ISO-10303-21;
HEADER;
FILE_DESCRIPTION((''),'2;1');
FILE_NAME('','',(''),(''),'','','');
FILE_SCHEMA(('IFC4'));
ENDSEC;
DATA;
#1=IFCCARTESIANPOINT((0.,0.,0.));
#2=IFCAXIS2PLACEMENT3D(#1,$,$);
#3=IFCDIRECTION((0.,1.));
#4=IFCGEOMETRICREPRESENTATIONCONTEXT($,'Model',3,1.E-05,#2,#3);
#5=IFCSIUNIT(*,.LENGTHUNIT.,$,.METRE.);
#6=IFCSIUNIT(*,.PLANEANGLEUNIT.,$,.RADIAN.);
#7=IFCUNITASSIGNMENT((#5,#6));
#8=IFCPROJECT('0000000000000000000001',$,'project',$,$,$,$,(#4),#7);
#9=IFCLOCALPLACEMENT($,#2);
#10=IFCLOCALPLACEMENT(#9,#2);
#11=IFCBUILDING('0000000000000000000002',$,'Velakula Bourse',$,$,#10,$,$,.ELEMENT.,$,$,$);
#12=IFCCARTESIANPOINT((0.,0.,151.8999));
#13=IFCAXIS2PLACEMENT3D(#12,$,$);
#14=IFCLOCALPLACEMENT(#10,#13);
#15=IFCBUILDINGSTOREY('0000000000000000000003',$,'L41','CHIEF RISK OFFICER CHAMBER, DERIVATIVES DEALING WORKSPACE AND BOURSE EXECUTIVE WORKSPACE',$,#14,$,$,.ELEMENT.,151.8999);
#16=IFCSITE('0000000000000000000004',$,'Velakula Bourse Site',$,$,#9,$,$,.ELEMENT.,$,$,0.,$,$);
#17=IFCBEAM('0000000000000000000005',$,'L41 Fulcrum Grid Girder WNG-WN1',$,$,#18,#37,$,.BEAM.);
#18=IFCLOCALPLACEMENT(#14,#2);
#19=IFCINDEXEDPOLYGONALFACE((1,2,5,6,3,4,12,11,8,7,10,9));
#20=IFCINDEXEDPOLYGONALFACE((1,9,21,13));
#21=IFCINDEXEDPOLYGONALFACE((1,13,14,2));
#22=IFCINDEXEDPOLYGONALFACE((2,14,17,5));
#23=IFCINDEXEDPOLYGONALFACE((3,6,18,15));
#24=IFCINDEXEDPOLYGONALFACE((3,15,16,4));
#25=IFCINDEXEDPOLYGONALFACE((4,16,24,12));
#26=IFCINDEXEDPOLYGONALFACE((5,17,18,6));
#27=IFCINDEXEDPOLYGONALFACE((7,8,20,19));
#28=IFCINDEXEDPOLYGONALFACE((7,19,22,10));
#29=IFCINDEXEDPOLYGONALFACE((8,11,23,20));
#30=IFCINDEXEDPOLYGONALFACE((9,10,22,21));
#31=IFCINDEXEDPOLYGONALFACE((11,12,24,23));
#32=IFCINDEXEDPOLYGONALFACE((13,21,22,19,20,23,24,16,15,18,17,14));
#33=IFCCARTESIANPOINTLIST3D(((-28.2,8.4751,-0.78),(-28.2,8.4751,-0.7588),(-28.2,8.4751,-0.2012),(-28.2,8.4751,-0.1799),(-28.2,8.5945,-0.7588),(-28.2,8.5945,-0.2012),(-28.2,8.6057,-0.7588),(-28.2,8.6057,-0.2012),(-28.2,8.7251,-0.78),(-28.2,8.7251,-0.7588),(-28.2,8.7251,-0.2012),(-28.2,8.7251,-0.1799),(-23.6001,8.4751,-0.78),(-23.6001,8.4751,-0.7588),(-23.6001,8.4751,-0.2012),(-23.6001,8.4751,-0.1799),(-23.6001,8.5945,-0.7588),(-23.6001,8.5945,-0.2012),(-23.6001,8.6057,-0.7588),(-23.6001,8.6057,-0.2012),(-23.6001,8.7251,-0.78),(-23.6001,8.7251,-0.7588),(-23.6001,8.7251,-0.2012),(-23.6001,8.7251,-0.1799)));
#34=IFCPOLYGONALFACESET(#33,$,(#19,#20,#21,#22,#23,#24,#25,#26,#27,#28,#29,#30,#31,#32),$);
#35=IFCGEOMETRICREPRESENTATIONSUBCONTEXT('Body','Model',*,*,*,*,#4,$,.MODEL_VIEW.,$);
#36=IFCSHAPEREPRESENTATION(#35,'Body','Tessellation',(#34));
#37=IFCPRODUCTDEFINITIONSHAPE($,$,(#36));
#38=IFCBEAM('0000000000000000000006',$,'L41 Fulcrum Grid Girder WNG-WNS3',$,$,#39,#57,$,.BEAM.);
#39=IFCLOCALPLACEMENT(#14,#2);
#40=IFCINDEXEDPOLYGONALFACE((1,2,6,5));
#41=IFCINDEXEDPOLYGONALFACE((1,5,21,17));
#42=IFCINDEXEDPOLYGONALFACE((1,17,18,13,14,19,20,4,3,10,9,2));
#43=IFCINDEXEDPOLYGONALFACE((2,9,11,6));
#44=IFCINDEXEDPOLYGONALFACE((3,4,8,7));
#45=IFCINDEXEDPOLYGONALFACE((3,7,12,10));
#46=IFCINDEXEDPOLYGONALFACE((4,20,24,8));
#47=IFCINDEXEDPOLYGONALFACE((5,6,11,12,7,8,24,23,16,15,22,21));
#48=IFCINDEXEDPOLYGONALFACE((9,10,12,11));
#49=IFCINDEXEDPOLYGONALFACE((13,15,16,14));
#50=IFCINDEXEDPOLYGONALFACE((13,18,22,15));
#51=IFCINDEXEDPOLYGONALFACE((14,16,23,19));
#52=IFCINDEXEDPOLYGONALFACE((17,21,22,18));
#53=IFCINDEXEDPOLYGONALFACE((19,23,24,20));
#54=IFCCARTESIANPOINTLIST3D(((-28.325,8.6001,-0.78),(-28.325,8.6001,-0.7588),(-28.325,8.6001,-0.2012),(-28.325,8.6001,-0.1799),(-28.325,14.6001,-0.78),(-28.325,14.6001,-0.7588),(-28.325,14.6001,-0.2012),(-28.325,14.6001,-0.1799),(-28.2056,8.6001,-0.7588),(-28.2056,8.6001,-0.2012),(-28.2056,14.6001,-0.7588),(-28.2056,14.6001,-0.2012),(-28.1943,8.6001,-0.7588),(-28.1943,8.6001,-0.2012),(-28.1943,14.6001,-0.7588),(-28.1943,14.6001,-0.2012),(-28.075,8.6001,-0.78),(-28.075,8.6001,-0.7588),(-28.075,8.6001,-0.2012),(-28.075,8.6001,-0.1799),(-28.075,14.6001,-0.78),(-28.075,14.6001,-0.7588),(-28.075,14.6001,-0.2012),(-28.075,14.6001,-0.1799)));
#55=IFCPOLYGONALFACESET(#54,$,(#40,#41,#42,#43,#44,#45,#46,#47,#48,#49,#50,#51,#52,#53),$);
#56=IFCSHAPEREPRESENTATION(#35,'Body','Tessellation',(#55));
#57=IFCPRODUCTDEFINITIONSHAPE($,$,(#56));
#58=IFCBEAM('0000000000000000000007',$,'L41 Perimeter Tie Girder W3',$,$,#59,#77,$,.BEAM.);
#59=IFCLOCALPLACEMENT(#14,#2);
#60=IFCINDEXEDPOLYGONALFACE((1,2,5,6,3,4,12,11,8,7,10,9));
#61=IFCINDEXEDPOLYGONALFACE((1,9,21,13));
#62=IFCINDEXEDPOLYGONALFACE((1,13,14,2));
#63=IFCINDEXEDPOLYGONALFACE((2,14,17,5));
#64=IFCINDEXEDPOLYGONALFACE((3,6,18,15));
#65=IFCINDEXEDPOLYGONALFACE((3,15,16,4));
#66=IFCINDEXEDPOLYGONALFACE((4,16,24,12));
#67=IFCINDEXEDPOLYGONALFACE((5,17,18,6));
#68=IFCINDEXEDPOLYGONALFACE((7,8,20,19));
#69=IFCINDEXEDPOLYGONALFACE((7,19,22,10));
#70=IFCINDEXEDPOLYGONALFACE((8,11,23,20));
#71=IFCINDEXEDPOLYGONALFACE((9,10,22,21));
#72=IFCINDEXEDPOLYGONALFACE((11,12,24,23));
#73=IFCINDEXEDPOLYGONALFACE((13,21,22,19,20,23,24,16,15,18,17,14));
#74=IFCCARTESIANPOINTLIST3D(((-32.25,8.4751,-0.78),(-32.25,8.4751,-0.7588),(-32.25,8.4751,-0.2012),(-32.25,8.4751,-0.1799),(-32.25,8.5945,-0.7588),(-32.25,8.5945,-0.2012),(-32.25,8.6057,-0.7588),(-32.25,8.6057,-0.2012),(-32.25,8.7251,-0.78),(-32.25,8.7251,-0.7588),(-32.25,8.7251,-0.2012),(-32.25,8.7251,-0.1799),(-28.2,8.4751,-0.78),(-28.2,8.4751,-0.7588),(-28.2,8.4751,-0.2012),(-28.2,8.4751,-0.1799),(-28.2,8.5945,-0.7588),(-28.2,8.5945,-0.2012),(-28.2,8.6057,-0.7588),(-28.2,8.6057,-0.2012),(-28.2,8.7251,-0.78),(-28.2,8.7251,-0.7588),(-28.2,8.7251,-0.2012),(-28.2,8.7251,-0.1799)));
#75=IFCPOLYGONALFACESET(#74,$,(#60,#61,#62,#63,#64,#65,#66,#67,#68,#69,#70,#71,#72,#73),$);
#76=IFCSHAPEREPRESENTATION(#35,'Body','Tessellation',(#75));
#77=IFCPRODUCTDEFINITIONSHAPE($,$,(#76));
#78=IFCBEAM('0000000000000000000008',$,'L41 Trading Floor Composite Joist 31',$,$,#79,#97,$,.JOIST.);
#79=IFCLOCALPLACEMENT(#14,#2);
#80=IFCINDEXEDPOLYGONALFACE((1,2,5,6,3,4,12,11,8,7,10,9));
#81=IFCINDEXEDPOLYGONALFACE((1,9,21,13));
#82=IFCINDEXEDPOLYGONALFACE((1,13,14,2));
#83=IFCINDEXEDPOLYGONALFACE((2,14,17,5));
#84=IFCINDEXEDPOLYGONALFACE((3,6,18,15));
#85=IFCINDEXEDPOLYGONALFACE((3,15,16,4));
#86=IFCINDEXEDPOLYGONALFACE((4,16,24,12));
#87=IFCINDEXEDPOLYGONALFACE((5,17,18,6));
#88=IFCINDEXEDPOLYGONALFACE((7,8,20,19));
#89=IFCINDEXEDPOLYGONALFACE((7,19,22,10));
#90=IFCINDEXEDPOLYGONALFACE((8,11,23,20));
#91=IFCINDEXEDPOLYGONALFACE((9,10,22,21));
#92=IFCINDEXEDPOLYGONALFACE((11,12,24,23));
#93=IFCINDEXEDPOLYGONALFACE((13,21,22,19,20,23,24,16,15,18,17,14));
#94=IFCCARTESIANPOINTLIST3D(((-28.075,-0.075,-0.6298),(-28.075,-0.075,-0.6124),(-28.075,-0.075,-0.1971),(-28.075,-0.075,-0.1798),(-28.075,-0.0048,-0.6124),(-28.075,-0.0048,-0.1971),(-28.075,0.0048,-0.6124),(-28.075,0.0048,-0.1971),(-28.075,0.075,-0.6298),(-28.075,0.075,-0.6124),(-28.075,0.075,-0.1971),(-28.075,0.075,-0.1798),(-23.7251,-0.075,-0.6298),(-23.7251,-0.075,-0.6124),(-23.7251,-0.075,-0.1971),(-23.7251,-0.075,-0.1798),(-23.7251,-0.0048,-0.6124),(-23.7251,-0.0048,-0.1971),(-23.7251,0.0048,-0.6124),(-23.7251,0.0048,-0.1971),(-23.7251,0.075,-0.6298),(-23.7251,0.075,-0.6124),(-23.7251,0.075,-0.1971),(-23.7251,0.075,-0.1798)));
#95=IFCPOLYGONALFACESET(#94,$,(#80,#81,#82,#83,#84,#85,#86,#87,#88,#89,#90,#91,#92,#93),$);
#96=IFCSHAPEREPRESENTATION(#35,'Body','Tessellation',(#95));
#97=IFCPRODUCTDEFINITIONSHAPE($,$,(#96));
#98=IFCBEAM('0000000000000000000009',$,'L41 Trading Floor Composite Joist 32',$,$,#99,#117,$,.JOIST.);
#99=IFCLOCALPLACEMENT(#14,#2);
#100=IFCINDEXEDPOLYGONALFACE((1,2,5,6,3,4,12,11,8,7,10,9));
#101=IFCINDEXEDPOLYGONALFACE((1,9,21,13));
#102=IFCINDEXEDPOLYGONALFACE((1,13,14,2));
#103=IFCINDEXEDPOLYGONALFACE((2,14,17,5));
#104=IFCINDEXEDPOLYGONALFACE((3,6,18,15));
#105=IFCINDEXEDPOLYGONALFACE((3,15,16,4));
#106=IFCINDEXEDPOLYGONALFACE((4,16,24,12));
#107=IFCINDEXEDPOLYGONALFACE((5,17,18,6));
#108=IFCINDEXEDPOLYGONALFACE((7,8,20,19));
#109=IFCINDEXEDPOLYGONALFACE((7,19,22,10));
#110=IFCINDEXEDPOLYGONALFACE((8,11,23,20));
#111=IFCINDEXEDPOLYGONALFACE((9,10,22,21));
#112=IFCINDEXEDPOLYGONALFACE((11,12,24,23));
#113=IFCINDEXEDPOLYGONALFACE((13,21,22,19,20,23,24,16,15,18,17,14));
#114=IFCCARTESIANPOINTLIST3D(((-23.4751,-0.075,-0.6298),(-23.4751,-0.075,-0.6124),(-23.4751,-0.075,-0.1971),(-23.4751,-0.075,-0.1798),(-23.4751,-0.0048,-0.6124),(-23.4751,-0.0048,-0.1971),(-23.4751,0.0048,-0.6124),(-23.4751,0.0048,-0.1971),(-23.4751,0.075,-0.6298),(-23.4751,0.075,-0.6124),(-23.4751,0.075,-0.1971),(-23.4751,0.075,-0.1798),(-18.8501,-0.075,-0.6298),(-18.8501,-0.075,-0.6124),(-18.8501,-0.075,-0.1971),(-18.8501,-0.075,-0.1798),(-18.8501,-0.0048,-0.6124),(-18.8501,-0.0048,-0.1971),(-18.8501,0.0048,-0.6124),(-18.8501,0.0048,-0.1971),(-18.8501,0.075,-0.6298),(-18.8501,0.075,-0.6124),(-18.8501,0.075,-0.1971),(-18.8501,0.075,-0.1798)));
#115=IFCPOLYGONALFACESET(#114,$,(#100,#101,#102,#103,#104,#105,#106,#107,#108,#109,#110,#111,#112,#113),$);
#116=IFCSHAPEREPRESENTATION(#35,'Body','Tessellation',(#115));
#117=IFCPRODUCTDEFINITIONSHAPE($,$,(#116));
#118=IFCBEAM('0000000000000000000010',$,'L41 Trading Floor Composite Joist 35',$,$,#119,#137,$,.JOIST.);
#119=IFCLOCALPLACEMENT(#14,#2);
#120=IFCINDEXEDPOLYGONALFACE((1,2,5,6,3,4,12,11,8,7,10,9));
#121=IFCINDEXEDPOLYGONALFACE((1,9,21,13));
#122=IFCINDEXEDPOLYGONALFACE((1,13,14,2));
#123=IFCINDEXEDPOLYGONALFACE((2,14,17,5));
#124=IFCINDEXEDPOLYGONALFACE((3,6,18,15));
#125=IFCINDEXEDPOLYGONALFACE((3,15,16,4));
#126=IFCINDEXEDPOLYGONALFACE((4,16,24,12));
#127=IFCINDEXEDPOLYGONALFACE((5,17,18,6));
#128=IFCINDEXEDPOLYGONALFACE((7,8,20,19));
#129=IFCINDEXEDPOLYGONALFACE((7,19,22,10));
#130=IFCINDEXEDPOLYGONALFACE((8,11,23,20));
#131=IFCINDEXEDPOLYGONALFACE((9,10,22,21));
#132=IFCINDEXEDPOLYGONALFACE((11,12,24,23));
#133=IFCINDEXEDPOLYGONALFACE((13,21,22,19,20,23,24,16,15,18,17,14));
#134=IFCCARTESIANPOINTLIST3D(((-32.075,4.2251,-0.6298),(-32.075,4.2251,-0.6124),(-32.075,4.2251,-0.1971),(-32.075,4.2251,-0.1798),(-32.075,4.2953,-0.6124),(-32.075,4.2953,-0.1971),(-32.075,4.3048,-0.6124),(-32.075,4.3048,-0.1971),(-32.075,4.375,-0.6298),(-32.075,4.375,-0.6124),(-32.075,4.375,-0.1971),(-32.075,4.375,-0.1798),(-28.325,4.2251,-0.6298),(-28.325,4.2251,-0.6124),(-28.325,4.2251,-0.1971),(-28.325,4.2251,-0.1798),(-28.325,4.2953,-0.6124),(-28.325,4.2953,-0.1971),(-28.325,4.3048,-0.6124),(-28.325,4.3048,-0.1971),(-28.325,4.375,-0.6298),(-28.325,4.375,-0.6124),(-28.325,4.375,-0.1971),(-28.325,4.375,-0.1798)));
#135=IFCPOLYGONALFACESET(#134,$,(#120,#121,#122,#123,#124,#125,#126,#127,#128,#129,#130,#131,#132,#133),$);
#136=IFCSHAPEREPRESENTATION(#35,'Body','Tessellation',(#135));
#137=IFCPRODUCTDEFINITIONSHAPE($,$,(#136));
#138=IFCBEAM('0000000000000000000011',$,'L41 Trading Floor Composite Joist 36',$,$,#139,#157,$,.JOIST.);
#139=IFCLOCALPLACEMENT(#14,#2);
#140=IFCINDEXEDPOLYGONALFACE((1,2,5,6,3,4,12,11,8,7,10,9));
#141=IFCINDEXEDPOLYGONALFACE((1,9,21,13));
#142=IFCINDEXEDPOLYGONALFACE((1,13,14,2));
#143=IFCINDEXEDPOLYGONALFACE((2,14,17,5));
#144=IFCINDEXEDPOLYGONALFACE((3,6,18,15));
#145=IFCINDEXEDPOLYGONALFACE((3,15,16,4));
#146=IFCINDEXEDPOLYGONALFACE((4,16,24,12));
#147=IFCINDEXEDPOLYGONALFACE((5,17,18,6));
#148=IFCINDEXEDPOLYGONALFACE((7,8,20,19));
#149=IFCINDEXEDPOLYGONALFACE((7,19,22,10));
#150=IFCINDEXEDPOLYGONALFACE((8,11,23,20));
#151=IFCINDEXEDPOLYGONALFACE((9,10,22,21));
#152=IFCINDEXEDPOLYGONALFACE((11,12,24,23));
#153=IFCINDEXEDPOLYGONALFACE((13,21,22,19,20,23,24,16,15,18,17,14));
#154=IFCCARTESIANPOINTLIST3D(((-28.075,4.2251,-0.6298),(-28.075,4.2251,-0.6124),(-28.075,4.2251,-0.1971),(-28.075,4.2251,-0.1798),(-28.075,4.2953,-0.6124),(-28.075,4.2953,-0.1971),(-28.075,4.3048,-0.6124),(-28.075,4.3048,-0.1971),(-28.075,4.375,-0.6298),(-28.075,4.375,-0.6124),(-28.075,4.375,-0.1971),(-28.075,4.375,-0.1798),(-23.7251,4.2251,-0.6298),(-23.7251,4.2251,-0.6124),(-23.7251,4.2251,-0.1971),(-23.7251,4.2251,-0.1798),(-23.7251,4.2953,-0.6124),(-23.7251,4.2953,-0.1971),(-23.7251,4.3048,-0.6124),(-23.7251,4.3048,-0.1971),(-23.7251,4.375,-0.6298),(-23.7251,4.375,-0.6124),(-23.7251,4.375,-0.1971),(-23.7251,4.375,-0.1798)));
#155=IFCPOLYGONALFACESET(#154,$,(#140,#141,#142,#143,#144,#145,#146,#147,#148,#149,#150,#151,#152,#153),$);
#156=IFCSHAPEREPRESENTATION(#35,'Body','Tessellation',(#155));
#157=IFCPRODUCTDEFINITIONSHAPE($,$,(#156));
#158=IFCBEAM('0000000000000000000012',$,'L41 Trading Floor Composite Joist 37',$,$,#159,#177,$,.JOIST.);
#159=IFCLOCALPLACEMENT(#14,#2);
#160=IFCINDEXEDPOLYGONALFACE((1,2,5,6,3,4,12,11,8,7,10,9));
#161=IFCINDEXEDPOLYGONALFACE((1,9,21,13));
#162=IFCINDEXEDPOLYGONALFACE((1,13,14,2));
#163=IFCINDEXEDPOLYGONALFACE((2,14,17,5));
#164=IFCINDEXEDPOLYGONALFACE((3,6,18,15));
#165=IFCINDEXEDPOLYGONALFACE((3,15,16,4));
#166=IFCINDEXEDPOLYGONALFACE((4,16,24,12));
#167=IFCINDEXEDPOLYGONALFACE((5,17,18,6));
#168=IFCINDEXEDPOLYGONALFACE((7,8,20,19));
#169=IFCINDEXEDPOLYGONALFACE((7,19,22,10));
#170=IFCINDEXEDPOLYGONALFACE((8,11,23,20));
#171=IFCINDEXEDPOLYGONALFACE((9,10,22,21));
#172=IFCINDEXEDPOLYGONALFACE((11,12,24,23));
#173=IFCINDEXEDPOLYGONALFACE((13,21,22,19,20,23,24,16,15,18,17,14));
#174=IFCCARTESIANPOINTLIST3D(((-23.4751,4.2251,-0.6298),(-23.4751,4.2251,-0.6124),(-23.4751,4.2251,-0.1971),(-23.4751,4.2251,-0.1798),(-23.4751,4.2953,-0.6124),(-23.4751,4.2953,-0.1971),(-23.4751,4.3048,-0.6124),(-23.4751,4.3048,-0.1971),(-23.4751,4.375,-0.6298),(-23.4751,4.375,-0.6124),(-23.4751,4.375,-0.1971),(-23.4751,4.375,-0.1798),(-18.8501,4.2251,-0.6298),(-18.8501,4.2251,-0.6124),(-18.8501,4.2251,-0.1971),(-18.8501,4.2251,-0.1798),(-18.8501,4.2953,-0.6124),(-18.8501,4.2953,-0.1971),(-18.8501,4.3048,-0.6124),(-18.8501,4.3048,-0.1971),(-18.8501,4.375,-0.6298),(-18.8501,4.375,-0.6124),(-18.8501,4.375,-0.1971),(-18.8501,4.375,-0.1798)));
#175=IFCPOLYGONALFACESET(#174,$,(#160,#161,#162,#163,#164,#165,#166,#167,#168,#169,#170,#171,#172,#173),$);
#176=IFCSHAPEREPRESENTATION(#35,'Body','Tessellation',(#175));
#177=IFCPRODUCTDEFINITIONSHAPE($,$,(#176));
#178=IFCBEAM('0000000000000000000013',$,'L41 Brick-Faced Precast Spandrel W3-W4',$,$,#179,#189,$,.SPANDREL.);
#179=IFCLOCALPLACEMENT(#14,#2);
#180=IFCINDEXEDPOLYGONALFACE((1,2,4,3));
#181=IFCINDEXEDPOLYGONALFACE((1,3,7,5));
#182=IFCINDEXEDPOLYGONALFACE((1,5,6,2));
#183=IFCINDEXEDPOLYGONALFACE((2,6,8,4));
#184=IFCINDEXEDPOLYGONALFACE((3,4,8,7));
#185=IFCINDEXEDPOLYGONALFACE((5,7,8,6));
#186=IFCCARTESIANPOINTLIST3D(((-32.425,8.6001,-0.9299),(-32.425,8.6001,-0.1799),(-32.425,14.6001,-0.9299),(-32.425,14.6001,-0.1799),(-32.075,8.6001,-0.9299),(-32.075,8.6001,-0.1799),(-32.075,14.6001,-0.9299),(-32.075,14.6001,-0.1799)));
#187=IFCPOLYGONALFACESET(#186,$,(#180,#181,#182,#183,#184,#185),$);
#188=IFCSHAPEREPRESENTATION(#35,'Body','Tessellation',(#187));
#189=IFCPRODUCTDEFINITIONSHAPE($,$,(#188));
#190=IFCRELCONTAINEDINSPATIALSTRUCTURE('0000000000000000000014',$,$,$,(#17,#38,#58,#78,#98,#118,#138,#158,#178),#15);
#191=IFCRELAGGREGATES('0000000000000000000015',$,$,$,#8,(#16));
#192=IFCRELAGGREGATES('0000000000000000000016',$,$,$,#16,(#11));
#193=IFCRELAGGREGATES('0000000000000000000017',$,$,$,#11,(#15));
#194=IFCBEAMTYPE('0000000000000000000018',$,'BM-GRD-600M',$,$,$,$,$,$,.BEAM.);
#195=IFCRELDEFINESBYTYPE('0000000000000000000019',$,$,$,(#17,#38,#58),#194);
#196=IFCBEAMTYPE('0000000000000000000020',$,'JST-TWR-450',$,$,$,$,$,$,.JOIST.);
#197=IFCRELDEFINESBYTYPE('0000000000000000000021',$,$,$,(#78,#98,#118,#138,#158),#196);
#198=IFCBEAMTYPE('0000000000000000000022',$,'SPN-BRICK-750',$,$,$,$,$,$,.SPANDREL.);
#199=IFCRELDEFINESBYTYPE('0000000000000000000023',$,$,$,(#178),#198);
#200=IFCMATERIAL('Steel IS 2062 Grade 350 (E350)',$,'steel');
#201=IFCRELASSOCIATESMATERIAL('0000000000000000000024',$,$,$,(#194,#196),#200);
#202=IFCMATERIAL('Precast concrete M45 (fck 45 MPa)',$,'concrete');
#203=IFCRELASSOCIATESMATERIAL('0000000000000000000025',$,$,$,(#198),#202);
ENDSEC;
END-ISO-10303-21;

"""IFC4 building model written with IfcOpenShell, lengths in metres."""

from ifc_helpers import new_model, si_unit, direction, frame, origin, origin_2d, place, context, subcontext, project, spatial, rectangle, i_section, extrude, material, material_profile, profile_set, type_object, element, save


model = new_model("IFC4")

# Units and contexts
model_context = context("Model", 3, precision=1e-05, world=origin(), true_north=direction((0.0, 1.0)))
body_context = subcontext(model_context, "Body", "Model", "MODEL_VIEW")
ifc_project = project(units=[si_unit("LENGTHUNIT", "METRE"), si_unit("PLANEANGLEUNIT", "RADIAN")], contexts=[model_context])

# Site, building, storey
site_placement = place(None, origin())
site = spatial("IfcSite", under=ifc_project, at=site_placement, Name="Velakula Bourse Site", CompositionType="ELEMENT", RefElevation=0.0)
building_placement = place(site_placement, origin())
building = spatial("IfcBuilding", under=site, at=building_placement, Name="Velakula Bourse", CompositionType="ELEMENT")
storey_placement = place(building_placement, frame((0.0, 0.0, 151.8999)))
storey = spatial("IfcBuildingStorey", under=building, at=storey_placement, Name="L41", Description="CHIEF RISK OFFICER CHAMBER, DERIVATIVES DEALING WORKSPACE AND BOURSE EXECUTIVE WORKSPACE", CompositionType="ELEMENT", Elevation=151.8999)

# Shared definitions
ifc_material_1 = material(Name="Steel IS 2062 Grade 350 (E350)", Category="steel")

# Beams
ifc_material_profile_1 = material_profile(ifc_material_1, i_section(OverallWidth=0.25, OverallDepth=0.6001, WebThickness=0.0112, FlangeThickness=0.0212, at=origin_2d()), Name="Steel IS 2062 Grade 350 (E350)")
ifc_profile_set_1 = profile_set([ifc_material_profile_1], Name="Steel IS 2062 Grade 350 (E350)")
beam_type_1 = type_object("IfcBeamType", Name="BM-GRD-600M", PredefinedType="BEAM", material=ifc_profile_set_1)
beam_1_placement = place(storey_placement, frame((-28.2, 8.6001, -0.48), z_axis=(1.0, 0.0, 0.0), x_axis=(0.0, 1.0, 0.0)))
element("IfcBeam", 1, at=beam_1_placement, inside=storey, type_object=beam_type_1, Name="L41 Fulcrum Grid Girder WNG-WN1", PredefinedType="BEAM", context=body_context, shape_type="SweptSolid", body=[
    extrude(i_section(OverallWidth=0.25, OverallDepth=0.6001, WebThickness=0.0112, FlangeThickness=0.0212, at=origin_2d()), origin(), (0.0, 0.0, 1.0), 4.5999),
])
beam_2_placement = place(storey_placement, frame((-28.2, 8.6001, -0.48), z_axis=(0.0, 1.0, 0.0), x_axis=(-1.0, 0.0, 0.0)))
element("IfcBeam", 2, at=beam_2_placement, inside=storey, type_object=beam_type_1, Name="L41 Fulcrum Grid Girder WNG-WNS3", PredefinedType="BEAM", context=body_context, shape_type="SweptSolid", body=[
    extrude(i_section(OverallWidth=0.25, OverallDepth=0.6001, WebThickness=0.0112, FlangeThickness=0.0212, at=origin_2d()), origin(), (0.0, 0.0, 1.0), 6.0),
])
beam_3_placement = place(storey_placement, frame((-28.2, 8.6001, -0.48), z_axis=(-1.0, 0.0, 0.0), x_axis=(0.0, -1.0, 0.0)))
element("IfcBeam", 3, at=beam_3_placement, inside=storey, type_object=beam_type_1, Name="L41 Perimeter Tie Girder W3", PredefinedType="BEAM", context=body_context, shape_type="SweptSolid", body=[
    extrude(i_section(OverallWidth=0.25, OverallDepth=0.6001, WebThickness=0.0112, FlangeThickness=0.0212, at=origin_2d()), origin(), (0.0, 0.0, 1.0), 4.05),
])
ifc_material_profile_2 = material_profile(ifc_material_1, i_section(OverallWidth=0.1499, OverallDepth=0.45, WebThickness=0.0095, FlangeThickness=0.0173, at=origin_2d()), Name="Steel IS 2062 Grade 350 (E350)")
ifc_profile_set_2 = profile_set([ifc_material_profile_2], Name="Steel IS 2062 Grade 350 (E350)")
beam_type_2 = type_object("IfcBeamType", Name="JST-TWR-450", PredefinedType="JOIST", material=ifc_profile_set_2)
beam_4_placement = place(storey_placement, frame((-28.075, 0.0, -0.4048), z_axis=(1.0, 0.0, 0.0), x_axis=(0.0, 1.0, 0.0)))
element("IfcBeam", 4, at=beam_4_placement, inside=storey, type_object=beam_type_2, Name="L41 Trading Floor Composite Joist 31", PredefinedType="JOIST", context=body_context, shape_type="SweptSolid", body=[
    extrude(i_section(OverallWidth=0.1499, OverallDepth=0.45, WebThickness=0.0095, FlangeThickness=0.0173, at=origin_2d()), origin(), (0.0, 0.0, 1.0), 4.3499),
])
beam_5_placement = place(storey_placement, frame((-23.4751, 0.0, -0.4048), z_axis=(1.0, 0.0, 0.0), x_axis=(0.0, 1.0, 0.0)))
element("IfcBeam", 5, at=beam_5_placement, inside=storey, type_object=beam_type_2, Name="L41 Trading Floor Composite Joist 32", PredefinedType="JOIST", context=body_context, shape_type="SweptSolid", body=[
    extrude(i_section(OverallWidth=0.1499, OverallDepth=0.45, WebThickness=0.0095, FlangeThickness=0.0173, at=origin_2d()), origin(), (0.0, 0.0, 1.0), 4.625),
])
beam_6_placement = place(storey_placement, frame((-32.075, 4.3, -0.4048), z_axis=(1.0, 0.0, 0.0), x_axis=(0.0, 1.0, 0.0)))
element("IfcBeam", 6, at=beam_6_placement, inside=storey, type_object=beam_type_2, Name="L41 Trading Floor Composite Joist 35", PredefinedType="JOIST", context=body_context, shape_type="SweptSolid", body=[
    extrude(i_section(OverallWidth=0.1499, OverallDepth=0.45, WebThickness=0.0095, FlangeThickness=0.0173, at=origin_2d()), origin(), (0.0, 0.0, 1.0), 3.75),
])
beam_7_placement = place(storey_placement, frame((-28.075, 4.3, -0.4048), z_axis=(1.0, 0.0, 0.0), x_axis=(0.0, 1.0, 0.0)))
element("IfcBeam", 7, at=beam_7_placement, inside=storey, type_object=beam_type_2, Name="L41 Trading Floor Composite Joist 36", PredefinedType="JOIST", context=body_context, shape_type="SweptSolid", body=[
    extrude(i_section(OverallWidth=0.1499, OverallDepth=0.45, WebThickness=0.0095, FlangeThickness=0.0173, at=origin_2d()), origin(), (0.0, 0.0, 1.0), 4.3499),
])
beam_8_placement = place(storey_placement, frame((-23.4751, 4.3, -0.4048), z_axis=(1.0, 0.0, 0.0), x_axis=(0.0, 1.0, 0.0)))
element("IfcBeam", 8, at=beam_8_placement, inside=storey, type_object=beam_type_2, Name="L41 Trading Floor Composite Joist 37", PredefinedType="JOIST", context=body_context, shape_type="SweptSolid", body=[
    extrude(i_section(OverallWidth=0.1499, OverallDepth=0.45, WebThickness=0.0095, FlangeThickness=0.0173, at=origin_2d()), origin(), (0.0, 0.0, 1.0), 4.625),
])
ifc_material_2 = material(Name="Precast concrete M45 (fck 45 MPa)", Category="concrete")
ifc_material_profile_3 = material_profile(ifc_material_2, rectangle(XDim=0.3501, YDim=0.75, at=origin_2d()), Name="Precast concrete M45 (fck 45 MPa)")
ifc_profile_set_3 = profile_set([ifc_material_profile_3], Name="Precast concrete M45 (fck 45 MPa)")
beam_type_3 = type_object("IfcBeamType", Name="SPN-BRICK-750", PredefinedType="SPANDREL", material=ifc_profile_set_3)
beam_9_placement = place(storey_placement, frame((-32.25, 8.6001, -0.5549), z_axis=(0.0, 1.0, 0.0), x_axis=(-1.0, 0.0, 0.0)))
element("IfcBeam", 9, at=beam_9_placement, inside=storey, type_object=beam_type_3, Name="L41 Brick-Faced Precast Spandrel W3-W4", PredefinedType="SPANDREL", context=body_context, shape_type="SweptSolid", body=[
    extrude(rectangle(XDim=0.3501, YDim=0.75, at=origin_2d()), origin(), (0.0, 0.0, 1.0), 6.0),
])

save(model, "model.ifc")
